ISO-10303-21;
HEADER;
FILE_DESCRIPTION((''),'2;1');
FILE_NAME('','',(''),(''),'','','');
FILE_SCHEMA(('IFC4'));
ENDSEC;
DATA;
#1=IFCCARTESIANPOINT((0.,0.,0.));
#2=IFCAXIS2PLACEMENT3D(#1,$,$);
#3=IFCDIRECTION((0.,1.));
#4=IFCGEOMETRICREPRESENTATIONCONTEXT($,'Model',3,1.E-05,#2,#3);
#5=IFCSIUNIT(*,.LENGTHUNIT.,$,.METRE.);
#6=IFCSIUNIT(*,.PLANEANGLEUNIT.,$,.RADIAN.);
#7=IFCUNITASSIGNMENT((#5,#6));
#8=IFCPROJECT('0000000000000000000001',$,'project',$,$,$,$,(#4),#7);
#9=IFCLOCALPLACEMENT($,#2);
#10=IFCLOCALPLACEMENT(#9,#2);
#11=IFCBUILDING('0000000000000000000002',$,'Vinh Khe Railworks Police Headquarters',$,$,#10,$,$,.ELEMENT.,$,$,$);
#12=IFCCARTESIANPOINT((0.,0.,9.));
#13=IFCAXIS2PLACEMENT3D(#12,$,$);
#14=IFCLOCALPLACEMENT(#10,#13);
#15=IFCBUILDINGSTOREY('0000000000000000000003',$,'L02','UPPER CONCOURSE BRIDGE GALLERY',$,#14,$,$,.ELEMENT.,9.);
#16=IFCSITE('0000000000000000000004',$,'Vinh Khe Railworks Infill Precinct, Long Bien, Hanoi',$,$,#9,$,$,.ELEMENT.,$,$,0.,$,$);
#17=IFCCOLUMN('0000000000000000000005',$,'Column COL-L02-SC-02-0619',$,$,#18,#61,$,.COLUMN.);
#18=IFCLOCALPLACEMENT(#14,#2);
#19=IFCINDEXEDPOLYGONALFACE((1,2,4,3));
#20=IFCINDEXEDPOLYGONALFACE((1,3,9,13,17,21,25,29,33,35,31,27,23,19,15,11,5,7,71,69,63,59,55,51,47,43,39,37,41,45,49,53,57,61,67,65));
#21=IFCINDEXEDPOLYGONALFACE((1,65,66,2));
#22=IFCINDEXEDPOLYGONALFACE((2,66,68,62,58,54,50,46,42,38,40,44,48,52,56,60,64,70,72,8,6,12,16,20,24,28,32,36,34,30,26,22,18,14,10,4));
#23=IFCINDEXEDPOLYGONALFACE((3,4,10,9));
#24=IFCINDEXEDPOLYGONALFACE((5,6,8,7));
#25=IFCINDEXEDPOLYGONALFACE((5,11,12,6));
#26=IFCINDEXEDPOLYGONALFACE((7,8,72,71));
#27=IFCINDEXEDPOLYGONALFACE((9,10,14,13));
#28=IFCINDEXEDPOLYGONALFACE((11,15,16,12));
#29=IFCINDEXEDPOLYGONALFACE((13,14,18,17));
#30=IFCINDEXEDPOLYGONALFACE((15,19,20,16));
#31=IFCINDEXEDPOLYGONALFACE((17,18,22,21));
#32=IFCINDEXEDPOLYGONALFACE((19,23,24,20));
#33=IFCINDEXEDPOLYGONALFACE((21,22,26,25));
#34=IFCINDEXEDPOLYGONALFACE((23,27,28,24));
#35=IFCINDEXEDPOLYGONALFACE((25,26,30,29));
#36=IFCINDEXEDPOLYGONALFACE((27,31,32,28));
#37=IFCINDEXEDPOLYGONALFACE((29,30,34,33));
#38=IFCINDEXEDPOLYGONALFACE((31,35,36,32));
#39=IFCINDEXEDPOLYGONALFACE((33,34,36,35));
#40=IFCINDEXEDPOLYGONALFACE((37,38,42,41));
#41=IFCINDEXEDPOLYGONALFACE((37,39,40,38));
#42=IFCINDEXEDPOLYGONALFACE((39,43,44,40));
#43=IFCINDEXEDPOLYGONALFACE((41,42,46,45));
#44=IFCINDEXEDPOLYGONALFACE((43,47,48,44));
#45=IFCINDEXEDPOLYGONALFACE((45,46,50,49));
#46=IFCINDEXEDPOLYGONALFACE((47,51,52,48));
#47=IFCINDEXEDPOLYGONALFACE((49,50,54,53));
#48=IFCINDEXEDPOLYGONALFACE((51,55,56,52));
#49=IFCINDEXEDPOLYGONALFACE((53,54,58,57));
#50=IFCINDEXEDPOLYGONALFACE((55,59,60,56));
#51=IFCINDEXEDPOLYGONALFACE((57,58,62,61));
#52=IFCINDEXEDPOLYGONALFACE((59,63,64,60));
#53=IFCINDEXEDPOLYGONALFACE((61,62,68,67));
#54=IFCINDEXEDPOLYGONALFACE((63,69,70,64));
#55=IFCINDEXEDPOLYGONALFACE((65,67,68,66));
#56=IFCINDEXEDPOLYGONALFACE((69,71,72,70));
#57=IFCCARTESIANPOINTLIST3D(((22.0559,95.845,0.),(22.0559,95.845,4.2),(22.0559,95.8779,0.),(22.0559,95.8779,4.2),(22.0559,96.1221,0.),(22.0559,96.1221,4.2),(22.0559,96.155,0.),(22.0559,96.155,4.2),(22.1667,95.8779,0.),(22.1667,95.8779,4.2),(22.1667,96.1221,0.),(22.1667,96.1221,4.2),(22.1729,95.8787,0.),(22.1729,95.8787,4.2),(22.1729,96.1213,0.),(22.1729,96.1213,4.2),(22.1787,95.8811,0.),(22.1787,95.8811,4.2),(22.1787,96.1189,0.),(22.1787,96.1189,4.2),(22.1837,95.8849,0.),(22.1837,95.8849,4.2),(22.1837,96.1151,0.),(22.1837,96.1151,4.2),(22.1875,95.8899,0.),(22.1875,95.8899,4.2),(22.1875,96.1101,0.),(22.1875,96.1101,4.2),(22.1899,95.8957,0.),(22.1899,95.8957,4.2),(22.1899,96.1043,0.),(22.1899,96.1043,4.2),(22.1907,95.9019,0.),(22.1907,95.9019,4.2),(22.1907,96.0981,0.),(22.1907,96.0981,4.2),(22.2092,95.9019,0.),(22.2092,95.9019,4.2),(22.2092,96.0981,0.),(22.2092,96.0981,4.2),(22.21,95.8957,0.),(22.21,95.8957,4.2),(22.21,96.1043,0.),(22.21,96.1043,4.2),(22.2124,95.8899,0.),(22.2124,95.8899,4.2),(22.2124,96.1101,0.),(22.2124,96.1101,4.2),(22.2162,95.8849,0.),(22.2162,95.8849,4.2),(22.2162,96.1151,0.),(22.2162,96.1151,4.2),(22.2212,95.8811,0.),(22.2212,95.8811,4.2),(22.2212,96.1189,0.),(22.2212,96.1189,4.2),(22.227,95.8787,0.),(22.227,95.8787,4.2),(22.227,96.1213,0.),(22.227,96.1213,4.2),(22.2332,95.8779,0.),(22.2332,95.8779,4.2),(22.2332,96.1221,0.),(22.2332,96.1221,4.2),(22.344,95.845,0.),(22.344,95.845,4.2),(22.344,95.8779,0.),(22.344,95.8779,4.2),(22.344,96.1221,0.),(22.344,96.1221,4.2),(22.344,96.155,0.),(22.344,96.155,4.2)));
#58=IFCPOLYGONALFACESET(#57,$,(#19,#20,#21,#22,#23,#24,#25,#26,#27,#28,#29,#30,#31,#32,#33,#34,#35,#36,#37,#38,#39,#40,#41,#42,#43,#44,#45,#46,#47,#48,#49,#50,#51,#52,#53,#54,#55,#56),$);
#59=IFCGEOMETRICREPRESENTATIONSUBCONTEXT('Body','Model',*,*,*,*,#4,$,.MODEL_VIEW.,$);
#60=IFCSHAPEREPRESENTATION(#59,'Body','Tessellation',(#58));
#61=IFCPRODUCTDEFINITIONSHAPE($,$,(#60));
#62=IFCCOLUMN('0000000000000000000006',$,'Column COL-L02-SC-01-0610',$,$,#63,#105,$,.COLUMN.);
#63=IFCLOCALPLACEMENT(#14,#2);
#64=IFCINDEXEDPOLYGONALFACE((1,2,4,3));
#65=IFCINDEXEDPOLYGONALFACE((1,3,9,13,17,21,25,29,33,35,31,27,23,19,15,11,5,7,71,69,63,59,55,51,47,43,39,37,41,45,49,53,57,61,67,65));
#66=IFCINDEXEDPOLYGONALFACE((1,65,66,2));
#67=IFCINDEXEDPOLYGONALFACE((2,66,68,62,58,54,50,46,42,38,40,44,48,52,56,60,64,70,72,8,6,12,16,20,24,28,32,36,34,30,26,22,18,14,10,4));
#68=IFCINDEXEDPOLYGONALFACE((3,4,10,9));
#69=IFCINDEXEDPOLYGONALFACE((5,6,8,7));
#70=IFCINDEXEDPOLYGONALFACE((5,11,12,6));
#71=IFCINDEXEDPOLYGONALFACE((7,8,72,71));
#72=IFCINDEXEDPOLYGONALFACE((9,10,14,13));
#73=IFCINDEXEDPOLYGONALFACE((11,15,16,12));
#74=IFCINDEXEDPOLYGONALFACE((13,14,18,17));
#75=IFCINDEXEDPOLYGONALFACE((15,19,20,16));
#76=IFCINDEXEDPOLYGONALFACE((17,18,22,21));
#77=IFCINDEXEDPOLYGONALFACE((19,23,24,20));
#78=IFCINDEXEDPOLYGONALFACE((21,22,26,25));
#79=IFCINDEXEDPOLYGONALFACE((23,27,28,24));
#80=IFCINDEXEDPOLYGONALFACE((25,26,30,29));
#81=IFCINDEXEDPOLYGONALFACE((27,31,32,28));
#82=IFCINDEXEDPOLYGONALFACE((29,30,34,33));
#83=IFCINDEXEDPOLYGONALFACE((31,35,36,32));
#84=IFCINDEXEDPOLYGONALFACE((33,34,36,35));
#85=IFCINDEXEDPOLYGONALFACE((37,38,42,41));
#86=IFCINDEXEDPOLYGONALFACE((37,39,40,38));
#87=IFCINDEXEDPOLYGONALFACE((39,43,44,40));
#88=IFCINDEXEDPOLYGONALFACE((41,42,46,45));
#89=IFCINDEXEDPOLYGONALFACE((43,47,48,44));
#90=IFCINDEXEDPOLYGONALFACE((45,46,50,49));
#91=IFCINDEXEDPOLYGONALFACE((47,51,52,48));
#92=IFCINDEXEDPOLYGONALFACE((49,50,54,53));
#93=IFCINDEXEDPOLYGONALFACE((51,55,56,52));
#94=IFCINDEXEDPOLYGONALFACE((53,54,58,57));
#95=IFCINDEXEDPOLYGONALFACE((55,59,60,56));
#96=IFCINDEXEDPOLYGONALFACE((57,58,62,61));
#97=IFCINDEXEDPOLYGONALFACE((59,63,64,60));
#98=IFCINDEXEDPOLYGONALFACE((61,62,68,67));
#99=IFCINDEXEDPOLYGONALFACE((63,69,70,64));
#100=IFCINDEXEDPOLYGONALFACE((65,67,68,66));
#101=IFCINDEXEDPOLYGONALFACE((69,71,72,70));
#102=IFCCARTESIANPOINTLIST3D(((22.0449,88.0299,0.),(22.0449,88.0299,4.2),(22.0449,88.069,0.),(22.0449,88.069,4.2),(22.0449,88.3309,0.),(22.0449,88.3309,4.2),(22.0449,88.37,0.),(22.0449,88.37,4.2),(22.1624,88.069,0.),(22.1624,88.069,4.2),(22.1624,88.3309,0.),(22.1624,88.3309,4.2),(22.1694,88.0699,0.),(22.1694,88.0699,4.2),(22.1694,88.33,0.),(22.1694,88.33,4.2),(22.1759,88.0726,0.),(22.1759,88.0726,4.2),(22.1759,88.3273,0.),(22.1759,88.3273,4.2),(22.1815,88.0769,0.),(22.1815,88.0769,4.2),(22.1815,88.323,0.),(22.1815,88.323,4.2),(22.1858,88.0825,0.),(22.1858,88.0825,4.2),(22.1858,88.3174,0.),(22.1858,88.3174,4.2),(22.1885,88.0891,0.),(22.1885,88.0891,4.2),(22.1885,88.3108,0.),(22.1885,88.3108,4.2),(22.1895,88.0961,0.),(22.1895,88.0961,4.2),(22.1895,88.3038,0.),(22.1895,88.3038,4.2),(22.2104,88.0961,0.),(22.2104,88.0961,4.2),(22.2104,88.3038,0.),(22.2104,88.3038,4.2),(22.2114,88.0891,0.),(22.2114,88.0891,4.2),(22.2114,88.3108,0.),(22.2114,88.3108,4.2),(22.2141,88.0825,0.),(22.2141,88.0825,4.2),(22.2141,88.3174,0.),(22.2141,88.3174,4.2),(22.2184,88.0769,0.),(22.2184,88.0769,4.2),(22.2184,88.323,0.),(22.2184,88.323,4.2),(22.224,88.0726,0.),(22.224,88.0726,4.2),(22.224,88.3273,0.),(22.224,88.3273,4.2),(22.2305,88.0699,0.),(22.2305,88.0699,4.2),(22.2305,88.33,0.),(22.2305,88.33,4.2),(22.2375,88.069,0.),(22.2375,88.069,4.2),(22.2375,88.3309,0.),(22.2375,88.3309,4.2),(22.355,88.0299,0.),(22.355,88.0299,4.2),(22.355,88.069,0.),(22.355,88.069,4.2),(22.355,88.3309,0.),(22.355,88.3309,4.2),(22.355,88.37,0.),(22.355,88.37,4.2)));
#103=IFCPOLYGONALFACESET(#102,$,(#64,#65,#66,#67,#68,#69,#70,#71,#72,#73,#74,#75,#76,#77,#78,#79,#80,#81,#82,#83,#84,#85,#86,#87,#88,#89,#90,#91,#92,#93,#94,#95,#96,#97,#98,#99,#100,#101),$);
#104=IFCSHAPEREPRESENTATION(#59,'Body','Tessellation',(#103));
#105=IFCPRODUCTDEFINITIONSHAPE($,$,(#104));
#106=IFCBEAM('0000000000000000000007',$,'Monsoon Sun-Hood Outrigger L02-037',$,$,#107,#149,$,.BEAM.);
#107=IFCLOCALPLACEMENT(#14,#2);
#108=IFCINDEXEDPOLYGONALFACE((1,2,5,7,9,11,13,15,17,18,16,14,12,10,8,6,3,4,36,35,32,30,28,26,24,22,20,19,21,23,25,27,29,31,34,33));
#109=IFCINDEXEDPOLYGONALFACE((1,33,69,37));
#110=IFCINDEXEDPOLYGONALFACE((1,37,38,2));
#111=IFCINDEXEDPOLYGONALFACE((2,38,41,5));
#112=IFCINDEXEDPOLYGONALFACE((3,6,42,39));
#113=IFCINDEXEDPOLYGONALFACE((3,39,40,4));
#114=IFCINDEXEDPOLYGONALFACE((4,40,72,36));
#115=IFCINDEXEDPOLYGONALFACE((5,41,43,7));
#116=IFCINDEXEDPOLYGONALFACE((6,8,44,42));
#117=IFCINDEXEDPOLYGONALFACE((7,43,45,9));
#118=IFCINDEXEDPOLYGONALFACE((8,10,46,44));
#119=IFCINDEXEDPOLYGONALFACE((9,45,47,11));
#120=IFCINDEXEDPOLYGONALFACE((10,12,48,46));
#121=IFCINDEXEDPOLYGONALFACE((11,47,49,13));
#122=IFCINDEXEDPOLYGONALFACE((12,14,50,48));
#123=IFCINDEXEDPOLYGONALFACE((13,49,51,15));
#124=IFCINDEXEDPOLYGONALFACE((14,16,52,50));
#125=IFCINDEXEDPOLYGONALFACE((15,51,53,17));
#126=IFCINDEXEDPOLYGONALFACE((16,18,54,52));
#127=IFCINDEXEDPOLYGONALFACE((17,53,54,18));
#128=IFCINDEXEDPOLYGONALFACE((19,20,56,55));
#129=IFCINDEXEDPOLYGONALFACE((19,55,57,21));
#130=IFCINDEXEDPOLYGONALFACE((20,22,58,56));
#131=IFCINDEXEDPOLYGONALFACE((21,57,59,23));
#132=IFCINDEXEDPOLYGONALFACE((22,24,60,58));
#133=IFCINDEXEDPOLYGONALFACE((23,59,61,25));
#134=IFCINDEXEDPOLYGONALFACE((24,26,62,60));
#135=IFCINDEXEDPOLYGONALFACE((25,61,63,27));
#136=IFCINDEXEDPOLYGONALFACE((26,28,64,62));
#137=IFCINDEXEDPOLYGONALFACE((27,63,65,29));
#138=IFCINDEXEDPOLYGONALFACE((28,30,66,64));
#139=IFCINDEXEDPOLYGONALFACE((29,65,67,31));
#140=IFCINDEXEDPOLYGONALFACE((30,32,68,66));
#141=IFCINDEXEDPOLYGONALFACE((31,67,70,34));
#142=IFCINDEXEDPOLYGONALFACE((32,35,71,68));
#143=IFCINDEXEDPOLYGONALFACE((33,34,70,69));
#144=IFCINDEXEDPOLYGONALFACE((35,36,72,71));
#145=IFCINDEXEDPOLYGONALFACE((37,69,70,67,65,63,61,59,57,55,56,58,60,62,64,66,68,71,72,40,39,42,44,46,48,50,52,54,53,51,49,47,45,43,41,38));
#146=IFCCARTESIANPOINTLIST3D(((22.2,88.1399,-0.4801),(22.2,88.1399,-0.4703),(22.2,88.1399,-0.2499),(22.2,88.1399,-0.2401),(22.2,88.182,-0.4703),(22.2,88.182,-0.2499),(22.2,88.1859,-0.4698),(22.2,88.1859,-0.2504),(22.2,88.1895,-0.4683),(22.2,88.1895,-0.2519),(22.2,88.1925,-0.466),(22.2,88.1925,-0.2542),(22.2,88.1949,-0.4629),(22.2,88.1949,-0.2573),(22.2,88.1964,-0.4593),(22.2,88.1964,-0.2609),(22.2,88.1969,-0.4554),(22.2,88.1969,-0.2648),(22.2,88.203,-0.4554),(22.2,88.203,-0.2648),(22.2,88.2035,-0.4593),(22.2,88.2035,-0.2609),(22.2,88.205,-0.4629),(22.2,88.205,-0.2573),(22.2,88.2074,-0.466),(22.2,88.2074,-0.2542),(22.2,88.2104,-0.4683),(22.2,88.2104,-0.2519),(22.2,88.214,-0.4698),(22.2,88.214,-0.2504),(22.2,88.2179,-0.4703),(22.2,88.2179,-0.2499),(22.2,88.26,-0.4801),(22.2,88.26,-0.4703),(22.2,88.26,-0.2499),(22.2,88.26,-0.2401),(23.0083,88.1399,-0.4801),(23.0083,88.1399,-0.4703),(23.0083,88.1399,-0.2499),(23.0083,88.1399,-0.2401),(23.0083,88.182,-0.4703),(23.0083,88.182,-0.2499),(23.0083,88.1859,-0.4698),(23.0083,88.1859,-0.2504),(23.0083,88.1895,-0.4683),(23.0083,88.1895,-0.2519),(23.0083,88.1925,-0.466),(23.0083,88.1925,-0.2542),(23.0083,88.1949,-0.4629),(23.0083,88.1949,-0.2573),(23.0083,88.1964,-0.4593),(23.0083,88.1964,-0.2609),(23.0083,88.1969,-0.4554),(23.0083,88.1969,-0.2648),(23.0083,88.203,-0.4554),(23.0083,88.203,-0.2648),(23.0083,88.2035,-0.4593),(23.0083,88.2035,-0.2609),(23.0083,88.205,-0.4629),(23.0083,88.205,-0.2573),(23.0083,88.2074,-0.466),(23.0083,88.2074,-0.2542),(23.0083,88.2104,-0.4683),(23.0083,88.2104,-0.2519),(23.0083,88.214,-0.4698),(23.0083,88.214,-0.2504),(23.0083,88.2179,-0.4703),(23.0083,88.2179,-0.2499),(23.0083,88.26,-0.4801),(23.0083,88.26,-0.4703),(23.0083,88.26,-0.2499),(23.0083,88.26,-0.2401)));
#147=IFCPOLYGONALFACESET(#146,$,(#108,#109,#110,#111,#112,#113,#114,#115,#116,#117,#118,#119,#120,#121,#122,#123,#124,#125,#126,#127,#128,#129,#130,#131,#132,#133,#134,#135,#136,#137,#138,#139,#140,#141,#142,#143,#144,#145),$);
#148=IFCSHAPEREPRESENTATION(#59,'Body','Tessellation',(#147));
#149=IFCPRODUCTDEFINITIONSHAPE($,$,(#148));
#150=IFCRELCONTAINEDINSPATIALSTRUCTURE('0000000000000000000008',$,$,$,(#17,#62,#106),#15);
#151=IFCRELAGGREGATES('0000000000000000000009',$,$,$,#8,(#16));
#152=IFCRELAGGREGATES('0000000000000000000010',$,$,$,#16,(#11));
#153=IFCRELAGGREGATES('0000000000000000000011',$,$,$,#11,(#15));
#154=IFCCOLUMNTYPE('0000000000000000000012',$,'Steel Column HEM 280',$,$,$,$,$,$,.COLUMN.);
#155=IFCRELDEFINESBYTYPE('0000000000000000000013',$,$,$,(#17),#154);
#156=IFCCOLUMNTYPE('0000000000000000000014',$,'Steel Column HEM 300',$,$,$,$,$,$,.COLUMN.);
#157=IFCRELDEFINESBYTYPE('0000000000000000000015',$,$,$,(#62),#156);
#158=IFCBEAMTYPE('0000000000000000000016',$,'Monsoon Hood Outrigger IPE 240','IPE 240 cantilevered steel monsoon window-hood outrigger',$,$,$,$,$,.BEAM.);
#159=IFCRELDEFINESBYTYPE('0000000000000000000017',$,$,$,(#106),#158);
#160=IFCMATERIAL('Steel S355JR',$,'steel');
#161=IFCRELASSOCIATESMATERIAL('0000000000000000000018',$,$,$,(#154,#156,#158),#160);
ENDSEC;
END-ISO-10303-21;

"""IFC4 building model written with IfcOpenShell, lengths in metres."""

from ifc_helpers import new_model, si_unit, direction, frame, origin, origin_2d, place, context, subcontext, project, spatial, i_section, extrude, material, material_profile, profile_set, type_object, element, save


model = new_model("IFC4")

# Units and contexts
model_context = context("Model", 3, precision=1e-05, world=origin(), true_north=direction((0.0, 1.0)))
body_context = subcontext(model_context, "Body", "Model", "MODEL_VIEW")
ifc_project = project(units=[si_unit("LENGTHUNIT", "METRE"), si_unit("PLANEANGLEUNIT", "RADIAN")], contexts=[model_context])

# Site, building, storey
site_placement = place(None, origin())
site = spatial("IfcSite", under=ifc_project, at=site_placement, Name="Vinh Khe Railworks Infill Precinct, Long Bien, Hanoi", CompositionType="ELEMENT", RefElevation=0.0)
building_placement = place(site_placement, origin())
building = spatial("IfcBuilding", under=site, at=building_placement, Name="Vinh Khe Railworks Police Headquarters", CompositionType="ELEMENT")
storey_placement = place(building_placement, frame((0.0, 0.0, 9.0)))
storey = spatial("IfcBuildingStorey", under=building, at=storey_placement, Name="L02", Description="UPPER CONCOURSE BRIDGE GALLERY", CompositionType="ELEMENT", Elevation=9.0)

# Columns
ifc_material_1 = material(Name="Steel S355JR", Category="steel")
ifc_material_profile_1 = material_profile(ifc_material_1, i_section(OverallWidth=0.2881, OverallDepth=0.3101, WebThickness=0.0186, FlangeThickness=0.033, FilletRadius=0.0239, at=origin_2d()), Name="HEM 280")
ifc_profile_set_1 = profile_set([ifc_material_profile_1], Name="Steel S355JR")
column_type_1 = type_object("IfcColumnType", Name="Steel Column HEM 280", PredefinedType="COLUMN", material=ifc_profile_set_1)
for number, where, z_axis, x_axis, name in (
    (1, (22.2, 96.0, 0.0), (0.0, 0.0, 1.0), (1.0, 0.0, 0.0), "Column COL-L02-SC-02-0619"),
):
    element("IfcColumn", number, at=place(storey_placement, frame(where, z_axis=z_axis, x_axis=x_axis)), inside=storey, type_object=column_type_1, Name=name, PredefinedType="COLUMN", context=body_context, shape_type="SweptSolid", body=[
        extrude(i_section(OverallWidth=0.2881, OverallDepth=0.3101, WebThickness=0.0186, FlangeThickness=0.033, FilletRadius=0.0239, at=origin_2d()), origin(), (0.0, 0.0, 1.0), 4.2),
    ])
ifc_material_profile_2 = material_profile(ifc_material_1, i_section(OverallWidth=0.3101, OverallDepth=0.3401, WebThickness=0.021, FlangeThickness=0.0391, FilletRadius=0.0271, at=origin_2d()), Name="HEM 300")
ifc_profile_set_2 = profile_set([ifc_material_profile_2], Name="Steel S355JR")
column_type_2 = type_object("IfcColumnType", Name="Steel Column HEM 300", PredefinedType="COLUMN", material=ifc_profile_set_2)
column_1_placement = place(storey_placement, frame((22.2, 88.2, 0.0), z_axis=(0.0, 0.0, 1.0), x_axis=(1.0, 0.0, 0.0)))
element("IfcColumn", 2, at=column_1_placement, inside=storey, type_object=column_type_2, Name="Column COL-L02-SC-01-0610", PredefinedType="COLUMN", context=body_context, shape_type="SweptSolid", body=[
    extrude(i_section(OverallWidth=0.3101, OverallDepth=0.3401, WebThickness=0.021, FlangeThickness=0.0391, FilletRadius=0.0271, at=origin_2d()), origin(), (0.0, 0.0, 1.0), 4.2),
])

# Beam
ifc_material_profile_3 = material_profile(ifc_material_1, i_section(OverallWidth=0.1201, OverallDepth=0.24, WebThickness=0.0061, FlangeThickness=0.0098, FilletRadius=0.0149, at=origin_2d()), Name="IPE 240")
ifc_profile_set_3 = profile_set([ifc_material_profile_3], Name="Steel S355JR")
beam_type_1 = type_object("IfcBeamType", Name="Monsoon Hood Outrigger IPE 240", Description="IPE 240 cantilevered steel monsoon window-hood outrigger", PredefinedType="BEAM", material=ifc_profile_set_3)
beam_1_placement = place(storey_placement, frame((22.2, 88.2, -0.3601), z_axis=(1.0, 0.0, 0.0), x_axis=(0.0, 1.0, 0.0)))
element("IfcBeam", 3, at=beam_1_placement, inside=storey, type_object=beam_type_1, Name="Monsoon Sun-Hood Outrigger L02-037", PredefinedType="BEAM", context=body_context, shape_type="SweptSolid", body=[
    extrude(i_section(OverallWidth=0.1201, OverallDepth=0.24, WebThickness=0.0061, FlangeThickness=0.0098, FilletRadius=0.0149, at=origin_2d()), origin(), (0.0, 0.0, 1.0), 0.8083),
])

save(model, "model.ifc")
